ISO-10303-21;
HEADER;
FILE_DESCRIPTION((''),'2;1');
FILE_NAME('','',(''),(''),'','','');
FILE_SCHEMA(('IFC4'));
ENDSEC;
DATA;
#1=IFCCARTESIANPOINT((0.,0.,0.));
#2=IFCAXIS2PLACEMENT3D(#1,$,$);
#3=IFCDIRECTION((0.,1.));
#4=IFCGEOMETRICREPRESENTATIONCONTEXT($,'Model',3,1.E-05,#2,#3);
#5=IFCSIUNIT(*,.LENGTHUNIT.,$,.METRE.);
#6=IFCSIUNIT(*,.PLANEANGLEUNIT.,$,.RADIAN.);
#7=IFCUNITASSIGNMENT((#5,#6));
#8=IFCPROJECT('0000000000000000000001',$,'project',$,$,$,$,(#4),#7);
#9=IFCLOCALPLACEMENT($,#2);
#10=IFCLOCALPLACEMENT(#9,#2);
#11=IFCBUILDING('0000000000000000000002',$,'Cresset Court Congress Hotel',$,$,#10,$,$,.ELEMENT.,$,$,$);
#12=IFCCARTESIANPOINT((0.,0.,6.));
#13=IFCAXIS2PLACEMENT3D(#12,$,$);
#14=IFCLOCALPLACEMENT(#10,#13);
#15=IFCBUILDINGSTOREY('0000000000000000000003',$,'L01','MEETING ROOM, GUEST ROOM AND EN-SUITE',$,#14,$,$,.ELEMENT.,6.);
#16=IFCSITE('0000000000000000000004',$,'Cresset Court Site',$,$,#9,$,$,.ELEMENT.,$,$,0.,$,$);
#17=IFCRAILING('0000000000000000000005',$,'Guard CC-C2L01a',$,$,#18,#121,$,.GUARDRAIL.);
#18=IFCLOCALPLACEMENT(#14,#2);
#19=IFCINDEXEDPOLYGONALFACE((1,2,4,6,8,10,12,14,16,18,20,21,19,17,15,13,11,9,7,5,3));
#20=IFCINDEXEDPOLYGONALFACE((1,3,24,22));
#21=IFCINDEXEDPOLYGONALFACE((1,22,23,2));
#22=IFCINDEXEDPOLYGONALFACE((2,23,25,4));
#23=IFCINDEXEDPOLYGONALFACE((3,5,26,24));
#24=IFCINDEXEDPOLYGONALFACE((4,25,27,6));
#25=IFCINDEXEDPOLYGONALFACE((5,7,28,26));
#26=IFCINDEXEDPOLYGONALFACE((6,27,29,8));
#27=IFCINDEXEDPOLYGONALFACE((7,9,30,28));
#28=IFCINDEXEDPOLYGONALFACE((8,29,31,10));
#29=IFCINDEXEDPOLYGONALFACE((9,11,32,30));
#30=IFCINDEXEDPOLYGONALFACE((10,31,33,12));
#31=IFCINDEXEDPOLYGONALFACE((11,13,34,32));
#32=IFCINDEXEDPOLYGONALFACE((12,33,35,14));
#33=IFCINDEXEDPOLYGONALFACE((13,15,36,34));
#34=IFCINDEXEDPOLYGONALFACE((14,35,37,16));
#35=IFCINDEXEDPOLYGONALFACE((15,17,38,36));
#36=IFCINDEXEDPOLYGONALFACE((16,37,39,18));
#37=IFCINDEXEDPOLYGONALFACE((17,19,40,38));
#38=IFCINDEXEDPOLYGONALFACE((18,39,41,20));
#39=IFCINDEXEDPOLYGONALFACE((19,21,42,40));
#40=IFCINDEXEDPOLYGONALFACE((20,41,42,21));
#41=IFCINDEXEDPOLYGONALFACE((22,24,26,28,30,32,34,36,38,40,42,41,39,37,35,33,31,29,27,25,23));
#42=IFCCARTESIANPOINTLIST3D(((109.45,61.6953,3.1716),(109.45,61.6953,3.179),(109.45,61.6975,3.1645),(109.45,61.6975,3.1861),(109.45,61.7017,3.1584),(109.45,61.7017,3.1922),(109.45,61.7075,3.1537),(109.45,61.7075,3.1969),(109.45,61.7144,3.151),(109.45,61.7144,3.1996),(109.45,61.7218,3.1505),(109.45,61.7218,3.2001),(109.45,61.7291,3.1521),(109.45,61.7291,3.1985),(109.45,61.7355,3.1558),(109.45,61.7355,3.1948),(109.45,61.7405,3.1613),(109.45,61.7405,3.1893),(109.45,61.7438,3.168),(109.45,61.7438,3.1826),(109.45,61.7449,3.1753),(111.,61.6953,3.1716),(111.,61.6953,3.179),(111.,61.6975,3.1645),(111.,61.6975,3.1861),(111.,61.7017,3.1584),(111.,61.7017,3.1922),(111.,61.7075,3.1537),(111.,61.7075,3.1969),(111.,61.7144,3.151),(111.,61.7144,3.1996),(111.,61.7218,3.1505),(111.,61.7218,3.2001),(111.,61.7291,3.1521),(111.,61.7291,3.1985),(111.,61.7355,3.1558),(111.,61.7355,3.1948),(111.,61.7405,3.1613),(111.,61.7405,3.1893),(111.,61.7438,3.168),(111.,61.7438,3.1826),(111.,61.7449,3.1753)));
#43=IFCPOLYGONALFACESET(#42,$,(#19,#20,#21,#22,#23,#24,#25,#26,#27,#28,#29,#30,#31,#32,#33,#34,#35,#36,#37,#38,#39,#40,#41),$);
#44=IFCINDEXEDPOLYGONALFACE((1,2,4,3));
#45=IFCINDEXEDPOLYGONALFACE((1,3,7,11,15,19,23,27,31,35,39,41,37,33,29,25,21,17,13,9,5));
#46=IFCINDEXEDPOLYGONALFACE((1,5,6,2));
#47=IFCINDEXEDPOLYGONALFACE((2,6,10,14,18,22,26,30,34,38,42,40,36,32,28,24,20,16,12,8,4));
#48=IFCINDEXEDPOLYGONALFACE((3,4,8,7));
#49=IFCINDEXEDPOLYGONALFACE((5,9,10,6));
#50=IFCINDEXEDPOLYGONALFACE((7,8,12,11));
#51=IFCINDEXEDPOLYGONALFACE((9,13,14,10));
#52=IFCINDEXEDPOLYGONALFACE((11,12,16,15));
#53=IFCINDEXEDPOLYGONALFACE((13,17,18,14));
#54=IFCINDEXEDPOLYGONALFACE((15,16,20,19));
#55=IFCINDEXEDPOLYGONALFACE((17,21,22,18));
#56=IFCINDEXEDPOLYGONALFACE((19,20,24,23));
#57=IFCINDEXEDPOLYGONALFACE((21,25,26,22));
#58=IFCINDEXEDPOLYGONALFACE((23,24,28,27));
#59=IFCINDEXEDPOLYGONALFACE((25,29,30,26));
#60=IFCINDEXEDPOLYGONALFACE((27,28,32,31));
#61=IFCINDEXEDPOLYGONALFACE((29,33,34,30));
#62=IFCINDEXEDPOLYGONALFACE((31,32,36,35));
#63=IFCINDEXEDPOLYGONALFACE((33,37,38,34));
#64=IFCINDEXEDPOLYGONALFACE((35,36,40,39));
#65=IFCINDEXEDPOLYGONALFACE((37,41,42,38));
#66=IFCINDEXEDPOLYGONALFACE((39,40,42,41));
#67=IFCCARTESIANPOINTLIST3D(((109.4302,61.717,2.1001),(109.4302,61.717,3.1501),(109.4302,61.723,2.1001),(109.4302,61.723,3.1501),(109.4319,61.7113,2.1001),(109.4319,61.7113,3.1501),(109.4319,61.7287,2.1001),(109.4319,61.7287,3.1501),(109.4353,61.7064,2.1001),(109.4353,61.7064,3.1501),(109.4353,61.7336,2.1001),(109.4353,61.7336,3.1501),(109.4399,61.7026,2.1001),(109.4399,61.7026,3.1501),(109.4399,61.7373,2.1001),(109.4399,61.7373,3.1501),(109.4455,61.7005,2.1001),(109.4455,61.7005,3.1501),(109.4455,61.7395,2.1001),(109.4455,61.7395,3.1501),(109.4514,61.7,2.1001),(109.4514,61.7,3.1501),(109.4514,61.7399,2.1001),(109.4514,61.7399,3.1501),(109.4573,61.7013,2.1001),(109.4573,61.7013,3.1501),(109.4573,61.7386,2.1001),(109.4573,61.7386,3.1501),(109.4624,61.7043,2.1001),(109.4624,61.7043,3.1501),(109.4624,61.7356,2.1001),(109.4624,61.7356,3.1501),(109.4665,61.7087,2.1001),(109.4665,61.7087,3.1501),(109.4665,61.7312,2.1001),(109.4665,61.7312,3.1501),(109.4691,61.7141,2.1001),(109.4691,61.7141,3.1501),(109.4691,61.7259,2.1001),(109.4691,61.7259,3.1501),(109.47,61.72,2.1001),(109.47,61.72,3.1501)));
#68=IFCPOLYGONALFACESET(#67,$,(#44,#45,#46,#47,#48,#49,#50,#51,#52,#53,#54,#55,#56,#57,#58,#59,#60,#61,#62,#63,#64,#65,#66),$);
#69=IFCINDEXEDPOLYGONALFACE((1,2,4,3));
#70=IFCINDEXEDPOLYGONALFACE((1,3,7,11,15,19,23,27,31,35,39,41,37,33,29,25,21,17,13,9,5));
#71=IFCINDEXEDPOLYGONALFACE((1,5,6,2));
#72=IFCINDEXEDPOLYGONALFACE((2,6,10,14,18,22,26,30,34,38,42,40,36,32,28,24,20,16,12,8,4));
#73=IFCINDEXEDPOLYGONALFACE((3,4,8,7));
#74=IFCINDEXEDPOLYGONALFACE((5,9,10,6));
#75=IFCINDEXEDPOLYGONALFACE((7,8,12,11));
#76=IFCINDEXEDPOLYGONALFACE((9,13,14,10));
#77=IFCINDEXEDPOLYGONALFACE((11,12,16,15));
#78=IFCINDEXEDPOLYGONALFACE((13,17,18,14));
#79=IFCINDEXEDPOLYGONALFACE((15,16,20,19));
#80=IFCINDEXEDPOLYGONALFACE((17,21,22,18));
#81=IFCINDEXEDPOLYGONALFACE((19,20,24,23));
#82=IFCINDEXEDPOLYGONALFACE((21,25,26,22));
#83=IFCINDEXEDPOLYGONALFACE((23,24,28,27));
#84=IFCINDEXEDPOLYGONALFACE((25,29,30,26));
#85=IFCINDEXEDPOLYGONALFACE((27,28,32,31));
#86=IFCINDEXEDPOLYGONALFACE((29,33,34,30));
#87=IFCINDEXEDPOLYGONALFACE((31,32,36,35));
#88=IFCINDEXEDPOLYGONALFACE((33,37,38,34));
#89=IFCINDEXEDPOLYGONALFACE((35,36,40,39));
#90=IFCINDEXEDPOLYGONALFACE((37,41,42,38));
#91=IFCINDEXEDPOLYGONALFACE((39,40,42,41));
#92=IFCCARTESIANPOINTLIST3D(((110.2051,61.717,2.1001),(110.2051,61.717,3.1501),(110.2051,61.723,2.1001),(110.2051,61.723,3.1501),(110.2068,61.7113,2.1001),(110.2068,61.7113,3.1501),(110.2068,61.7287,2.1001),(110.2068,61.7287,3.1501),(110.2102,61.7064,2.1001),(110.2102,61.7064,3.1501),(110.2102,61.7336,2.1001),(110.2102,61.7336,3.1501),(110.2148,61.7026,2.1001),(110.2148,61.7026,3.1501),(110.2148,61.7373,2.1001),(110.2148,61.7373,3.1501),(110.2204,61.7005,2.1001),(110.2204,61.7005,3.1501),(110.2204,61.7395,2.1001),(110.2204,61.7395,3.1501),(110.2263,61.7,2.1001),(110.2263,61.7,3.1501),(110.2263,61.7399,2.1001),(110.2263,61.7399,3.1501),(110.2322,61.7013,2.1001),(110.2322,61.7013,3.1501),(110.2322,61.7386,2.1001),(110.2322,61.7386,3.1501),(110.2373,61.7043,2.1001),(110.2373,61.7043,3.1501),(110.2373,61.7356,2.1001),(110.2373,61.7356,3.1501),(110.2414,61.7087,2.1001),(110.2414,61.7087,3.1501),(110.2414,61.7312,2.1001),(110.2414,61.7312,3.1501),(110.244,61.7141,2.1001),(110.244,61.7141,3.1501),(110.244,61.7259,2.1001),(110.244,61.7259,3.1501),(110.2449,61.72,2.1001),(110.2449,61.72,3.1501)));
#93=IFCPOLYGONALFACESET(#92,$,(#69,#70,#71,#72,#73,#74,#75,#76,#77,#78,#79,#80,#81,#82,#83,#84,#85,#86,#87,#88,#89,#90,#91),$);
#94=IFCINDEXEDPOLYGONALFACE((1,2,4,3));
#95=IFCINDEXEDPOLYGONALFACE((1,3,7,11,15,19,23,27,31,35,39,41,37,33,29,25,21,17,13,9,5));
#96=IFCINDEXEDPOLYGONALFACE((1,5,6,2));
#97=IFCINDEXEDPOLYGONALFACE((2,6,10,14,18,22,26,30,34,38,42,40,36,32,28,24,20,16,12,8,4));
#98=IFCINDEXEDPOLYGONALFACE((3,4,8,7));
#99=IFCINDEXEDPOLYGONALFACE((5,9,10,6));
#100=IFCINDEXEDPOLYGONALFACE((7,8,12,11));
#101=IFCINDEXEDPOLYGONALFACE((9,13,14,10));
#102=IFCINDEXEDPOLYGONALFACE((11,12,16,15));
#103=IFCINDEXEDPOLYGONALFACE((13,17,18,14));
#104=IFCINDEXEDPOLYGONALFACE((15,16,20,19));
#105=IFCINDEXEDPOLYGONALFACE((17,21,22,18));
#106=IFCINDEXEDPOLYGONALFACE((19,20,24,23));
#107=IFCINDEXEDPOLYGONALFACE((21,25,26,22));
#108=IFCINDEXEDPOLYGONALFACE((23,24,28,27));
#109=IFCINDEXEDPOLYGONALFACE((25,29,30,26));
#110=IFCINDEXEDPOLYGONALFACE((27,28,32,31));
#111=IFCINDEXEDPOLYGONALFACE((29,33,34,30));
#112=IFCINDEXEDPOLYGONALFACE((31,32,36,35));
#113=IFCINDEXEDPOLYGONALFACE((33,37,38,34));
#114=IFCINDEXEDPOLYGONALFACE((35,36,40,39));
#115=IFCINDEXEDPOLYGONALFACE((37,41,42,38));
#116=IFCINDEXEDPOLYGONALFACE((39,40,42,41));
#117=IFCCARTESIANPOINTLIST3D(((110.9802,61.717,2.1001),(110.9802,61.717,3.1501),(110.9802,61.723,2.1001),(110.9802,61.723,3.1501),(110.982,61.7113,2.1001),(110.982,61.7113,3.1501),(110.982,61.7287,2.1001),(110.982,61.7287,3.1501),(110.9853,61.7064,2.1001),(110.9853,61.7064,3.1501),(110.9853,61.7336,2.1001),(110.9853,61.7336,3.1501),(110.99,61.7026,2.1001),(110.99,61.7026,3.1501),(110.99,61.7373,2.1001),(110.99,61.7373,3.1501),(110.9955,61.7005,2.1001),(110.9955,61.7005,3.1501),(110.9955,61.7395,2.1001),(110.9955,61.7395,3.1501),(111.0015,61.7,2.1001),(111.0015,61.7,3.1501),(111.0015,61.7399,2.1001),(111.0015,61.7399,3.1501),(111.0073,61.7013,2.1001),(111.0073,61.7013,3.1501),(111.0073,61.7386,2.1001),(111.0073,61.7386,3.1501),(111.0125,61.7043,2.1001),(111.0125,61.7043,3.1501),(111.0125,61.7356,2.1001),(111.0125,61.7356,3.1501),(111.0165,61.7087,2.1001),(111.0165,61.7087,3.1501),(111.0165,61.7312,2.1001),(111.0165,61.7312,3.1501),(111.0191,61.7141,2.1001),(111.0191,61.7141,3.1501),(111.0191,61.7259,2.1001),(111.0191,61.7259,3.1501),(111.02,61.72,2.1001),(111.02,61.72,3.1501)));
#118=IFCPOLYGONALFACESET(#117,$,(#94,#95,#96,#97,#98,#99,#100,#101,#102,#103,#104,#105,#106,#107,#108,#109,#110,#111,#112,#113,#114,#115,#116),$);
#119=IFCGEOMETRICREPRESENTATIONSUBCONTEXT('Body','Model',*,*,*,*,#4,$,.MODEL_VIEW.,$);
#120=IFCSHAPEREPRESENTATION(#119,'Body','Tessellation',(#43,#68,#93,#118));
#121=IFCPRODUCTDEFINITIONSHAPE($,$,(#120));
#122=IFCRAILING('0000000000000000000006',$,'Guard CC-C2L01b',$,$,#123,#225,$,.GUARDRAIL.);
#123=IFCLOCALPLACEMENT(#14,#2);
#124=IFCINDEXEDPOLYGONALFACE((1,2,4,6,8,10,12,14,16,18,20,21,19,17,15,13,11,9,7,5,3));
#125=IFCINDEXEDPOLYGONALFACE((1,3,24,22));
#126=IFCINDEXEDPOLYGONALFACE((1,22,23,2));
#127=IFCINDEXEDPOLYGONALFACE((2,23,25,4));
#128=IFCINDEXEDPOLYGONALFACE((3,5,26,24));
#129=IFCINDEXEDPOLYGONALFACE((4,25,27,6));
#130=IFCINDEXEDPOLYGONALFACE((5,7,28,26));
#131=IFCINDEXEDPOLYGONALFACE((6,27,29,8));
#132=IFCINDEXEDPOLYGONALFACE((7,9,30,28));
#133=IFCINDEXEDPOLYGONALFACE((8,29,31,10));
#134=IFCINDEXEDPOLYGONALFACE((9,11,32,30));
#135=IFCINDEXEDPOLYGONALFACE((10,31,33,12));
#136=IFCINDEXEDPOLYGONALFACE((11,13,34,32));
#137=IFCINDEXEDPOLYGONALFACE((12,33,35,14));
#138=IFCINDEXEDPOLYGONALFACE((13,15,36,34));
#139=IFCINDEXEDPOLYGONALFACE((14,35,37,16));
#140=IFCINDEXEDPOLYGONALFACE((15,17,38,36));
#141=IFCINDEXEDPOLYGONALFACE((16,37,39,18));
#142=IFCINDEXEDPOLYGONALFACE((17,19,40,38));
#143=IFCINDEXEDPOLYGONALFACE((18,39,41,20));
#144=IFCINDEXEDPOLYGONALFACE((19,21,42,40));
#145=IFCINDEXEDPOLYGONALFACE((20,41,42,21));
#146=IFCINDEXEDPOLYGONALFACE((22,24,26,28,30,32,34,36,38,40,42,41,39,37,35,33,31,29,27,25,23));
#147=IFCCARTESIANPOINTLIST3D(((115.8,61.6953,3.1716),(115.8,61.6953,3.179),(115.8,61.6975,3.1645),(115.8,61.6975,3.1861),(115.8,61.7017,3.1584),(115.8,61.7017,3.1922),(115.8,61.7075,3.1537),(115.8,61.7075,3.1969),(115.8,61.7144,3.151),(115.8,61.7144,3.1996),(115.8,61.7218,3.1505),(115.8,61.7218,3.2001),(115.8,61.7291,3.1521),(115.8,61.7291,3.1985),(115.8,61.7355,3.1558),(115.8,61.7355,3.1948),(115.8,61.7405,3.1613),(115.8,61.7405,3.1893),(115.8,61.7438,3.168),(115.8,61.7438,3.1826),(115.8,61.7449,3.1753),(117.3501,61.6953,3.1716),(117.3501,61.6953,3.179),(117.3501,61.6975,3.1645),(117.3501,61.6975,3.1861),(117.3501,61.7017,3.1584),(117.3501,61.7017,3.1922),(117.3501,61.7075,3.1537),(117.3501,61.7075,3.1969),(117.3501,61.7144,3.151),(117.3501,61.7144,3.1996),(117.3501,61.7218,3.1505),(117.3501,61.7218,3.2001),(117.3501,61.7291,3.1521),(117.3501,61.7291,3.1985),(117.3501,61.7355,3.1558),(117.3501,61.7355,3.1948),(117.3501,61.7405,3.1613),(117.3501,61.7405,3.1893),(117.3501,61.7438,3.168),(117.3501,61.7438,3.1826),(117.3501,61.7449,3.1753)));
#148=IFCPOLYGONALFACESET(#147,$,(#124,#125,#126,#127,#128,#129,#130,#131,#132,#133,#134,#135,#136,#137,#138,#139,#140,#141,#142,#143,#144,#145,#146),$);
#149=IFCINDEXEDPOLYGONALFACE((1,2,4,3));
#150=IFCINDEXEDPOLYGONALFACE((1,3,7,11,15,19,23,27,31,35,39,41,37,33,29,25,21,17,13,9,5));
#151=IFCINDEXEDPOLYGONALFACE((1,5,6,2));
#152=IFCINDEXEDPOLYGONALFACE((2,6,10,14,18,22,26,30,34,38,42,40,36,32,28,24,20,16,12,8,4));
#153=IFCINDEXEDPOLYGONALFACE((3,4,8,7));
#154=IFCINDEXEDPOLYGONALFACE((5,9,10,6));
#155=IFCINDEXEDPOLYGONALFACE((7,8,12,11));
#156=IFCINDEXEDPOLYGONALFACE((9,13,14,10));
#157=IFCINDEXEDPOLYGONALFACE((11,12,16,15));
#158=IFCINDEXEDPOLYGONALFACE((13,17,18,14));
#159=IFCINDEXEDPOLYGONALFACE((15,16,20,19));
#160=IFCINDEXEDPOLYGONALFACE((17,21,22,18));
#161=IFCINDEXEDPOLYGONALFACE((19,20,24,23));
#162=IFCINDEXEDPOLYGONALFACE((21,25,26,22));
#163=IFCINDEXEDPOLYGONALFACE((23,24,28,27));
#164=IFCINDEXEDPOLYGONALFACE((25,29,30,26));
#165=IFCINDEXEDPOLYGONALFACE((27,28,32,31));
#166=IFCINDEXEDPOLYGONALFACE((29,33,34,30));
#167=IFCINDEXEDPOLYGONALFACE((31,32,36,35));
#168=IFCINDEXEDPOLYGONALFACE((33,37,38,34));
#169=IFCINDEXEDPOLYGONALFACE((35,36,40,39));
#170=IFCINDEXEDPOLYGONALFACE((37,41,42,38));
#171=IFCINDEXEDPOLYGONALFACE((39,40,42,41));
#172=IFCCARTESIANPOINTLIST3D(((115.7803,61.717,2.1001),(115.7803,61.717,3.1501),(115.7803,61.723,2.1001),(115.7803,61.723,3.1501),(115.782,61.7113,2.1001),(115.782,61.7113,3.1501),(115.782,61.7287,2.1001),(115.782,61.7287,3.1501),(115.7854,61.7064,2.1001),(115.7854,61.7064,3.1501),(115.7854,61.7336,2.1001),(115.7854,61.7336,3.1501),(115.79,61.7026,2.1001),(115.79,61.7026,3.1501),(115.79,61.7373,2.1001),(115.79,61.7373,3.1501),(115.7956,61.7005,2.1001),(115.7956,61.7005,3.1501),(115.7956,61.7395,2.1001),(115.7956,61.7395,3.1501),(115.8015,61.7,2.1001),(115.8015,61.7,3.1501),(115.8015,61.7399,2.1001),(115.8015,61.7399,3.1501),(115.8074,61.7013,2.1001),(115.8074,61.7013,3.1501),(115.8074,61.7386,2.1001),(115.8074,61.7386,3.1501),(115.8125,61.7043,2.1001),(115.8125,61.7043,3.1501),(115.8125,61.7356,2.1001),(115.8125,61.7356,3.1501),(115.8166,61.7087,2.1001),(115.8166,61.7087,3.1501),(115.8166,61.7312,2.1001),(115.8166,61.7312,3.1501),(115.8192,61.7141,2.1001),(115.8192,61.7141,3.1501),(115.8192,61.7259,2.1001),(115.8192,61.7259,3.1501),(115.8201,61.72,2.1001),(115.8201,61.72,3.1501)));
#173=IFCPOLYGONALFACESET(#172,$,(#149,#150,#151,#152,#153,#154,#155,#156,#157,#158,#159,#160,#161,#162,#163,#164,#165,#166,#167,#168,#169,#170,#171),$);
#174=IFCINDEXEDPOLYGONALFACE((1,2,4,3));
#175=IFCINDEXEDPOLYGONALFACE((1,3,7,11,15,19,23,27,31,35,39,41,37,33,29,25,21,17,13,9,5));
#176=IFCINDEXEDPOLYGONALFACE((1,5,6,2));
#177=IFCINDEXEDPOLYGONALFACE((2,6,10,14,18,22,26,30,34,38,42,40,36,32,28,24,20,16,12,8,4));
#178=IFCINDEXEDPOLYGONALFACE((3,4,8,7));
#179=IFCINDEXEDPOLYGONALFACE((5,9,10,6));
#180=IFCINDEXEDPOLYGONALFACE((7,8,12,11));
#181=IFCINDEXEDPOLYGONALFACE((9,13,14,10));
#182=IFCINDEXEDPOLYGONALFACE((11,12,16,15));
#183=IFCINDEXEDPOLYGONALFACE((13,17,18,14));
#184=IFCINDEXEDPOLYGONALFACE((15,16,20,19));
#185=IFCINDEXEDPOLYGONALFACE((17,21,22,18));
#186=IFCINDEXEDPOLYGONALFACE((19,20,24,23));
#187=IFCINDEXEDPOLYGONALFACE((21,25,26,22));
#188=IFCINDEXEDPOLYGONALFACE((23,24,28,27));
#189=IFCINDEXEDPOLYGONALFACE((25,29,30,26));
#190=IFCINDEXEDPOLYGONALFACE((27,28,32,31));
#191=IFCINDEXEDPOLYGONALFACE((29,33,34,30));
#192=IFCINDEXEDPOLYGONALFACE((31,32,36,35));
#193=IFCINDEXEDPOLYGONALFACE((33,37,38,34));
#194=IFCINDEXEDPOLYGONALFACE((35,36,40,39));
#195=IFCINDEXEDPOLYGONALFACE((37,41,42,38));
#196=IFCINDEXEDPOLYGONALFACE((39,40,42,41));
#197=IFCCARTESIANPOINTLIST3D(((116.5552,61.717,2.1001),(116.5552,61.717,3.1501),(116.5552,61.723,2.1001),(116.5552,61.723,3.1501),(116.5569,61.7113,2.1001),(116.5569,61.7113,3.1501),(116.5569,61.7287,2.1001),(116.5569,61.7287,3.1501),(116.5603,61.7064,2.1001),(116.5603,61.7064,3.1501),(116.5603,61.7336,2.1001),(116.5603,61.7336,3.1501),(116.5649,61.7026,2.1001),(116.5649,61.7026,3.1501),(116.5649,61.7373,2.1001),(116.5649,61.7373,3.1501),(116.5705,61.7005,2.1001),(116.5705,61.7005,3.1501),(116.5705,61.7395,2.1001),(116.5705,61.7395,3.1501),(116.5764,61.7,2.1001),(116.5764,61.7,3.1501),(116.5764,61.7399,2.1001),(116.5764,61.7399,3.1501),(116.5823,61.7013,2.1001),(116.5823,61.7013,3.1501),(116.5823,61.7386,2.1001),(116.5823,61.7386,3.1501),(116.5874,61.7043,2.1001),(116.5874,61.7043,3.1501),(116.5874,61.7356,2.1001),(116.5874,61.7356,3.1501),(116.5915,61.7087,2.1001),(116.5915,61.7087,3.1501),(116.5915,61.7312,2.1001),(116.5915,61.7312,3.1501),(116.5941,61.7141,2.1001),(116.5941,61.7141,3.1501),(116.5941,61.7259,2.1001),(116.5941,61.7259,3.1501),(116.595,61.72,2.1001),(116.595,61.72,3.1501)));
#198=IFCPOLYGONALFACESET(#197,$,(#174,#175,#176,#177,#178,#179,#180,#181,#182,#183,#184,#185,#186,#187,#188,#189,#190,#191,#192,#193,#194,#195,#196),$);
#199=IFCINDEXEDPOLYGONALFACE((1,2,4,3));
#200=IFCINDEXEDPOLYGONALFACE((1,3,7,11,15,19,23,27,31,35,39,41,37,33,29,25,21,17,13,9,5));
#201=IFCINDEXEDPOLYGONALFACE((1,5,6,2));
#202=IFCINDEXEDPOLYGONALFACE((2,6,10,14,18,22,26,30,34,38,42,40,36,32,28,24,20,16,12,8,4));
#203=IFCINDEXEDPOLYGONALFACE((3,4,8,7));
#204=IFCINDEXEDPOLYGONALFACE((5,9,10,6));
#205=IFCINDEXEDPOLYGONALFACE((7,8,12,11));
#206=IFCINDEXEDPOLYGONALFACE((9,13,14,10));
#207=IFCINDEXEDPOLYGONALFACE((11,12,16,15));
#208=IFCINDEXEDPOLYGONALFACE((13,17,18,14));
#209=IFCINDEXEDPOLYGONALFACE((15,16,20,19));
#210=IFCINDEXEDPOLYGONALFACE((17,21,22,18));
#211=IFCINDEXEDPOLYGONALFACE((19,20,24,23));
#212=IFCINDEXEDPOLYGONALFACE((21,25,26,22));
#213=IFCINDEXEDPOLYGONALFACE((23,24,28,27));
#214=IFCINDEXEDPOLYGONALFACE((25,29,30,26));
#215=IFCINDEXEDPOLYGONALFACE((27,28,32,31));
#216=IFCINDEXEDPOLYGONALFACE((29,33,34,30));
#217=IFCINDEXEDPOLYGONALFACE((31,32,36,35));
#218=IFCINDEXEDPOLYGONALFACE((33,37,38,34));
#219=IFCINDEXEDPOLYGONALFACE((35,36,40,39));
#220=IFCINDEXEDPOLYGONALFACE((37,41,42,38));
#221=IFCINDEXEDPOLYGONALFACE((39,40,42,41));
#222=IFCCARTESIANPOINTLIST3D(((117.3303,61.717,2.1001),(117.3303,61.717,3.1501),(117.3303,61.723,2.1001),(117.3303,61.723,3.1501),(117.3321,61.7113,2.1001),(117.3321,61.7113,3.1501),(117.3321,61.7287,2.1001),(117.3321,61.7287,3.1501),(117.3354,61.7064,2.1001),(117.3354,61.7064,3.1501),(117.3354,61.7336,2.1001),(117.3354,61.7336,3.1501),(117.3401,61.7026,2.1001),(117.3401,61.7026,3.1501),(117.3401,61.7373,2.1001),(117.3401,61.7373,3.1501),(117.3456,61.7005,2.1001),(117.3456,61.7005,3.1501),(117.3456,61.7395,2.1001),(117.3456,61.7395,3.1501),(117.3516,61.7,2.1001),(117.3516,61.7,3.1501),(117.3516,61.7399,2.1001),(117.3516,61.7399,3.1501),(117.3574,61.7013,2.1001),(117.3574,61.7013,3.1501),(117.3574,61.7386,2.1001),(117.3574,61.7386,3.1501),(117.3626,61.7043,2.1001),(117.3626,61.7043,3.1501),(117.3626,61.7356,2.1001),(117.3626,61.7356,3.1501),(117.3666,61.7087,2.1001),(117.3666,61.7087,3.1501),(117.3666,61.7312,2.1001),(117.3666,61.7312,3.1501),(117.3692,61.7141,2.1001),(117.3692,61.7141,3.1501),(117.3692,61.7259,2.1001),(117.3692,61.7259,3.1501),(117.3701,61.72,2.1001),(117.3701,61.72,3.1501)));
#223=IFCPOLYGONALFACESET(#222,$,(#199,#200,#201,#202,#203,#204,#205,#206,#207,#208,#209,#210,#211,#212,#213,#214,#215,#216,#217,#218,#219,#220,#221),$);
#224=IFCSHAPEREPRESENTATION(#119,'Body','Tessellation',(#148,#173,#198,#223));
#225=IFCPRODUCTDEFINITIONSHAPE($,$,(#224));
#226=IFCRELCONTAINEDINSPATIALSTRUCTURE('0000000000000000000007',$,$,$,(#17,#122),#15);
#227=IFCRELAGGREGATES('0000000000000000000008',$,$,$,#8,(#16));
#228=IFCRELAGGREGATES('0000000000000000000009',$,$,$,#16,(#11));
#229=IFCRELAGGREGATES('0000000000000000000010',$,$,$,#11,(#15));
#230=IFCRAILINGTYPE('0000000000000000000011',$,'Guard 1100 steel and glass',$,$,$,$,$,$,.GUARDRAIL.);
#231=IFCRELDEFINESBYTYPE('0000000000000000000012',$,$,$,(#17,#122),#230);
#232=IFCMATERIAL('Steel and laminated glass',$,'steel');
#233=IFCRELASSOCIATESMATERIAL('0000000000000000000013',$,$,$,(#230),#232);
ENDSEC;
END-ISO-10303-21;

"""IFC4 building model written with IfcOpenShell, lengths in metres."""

from ifc_helpers import new_model, si_unit, direction, frame, origin, origin_2d, place, context, subcontext, project, spatial, circle, extrude, material, type_object, element, save


model = new_model("IFC4")

# Units and contexts
model_context = context("Model", 3, precision=1e-05, world=origin(), true_north=direction((0.0, 1.0)))
body_context = subcontext(model_context, "Body", "Model", "MODEL_VIEW")
ifc_project = project(units=[si_unit("LENGTHUNIT", "METRE"), si_unit("PLANEANGLEUNIT", "RADIAN")], contexts=[model_context])

# Site, building, storey
site_placement = place(None, origin())
site = spatial("IfcSite", under=ifc_project, at=site_placement, Name="Cresset Court Site", CompositionType="ELEMENT", RefElevation=0.0)
building_placement = place(site_placement, origin())
building = spatial("IfcBuilding", under=site, at=building_placement, Name="Cresset Court Congress Hotel", CompositionType="ELEMENT")
storey_placement = place(building_placement, frame((0.0, 0.0, 6.0)))
storey = spatial("IfcBuildingStorey", under=building, at=storey_placement, Name="L01", Description="MEETING ROOM, GUEST ROOM AND EN-SUITE", CompositionType="ELEMENT", Elevation=6.0)

# Railings
ifc_material_1 = material(Name="Steel and laminated glass", Category="steel")
railing_type = type_object("IfcRailingType", Name="Guard 1100 steel and glass", PredefinedType="GUARDRAIL", material=ifc_material_1)
for number, where, name in (
    (1, (109.45, 61.72, 2.1001), "Guard CC-C2L01a"),
    (2, (115.8, 61.72, 2.1001), "Guard CC-C2L01b"),
):
    element("IfcRailing", number, at=place(storey_placement, frame(where)), inside=storey, type_object=railing_type, Name=name, PredefinedType="GUARDRAIL", context=body_context, shape_type="SweptSolid", body=[
        extrude(circle(Radius=0.0249, at=origin_2d()), frame((0.0, 0.0, 1.0752), z_axis=(1.0, 0.0, 0.0), x_axis=(0.0, 1.0, 0.0)), (0.0, 0.0, 1.0), 1.55),
        extrude(circle(Radius=0.02, at=origin_2d()), origin(), (0.0, 0.0, 1.0), 1.05),
        extrude(circle(Radius=0.02, at=origin_2d()), frame((0.7749, 0.0, 0.0)), (0.0, 0.0, 1.0), 1.05),
        extrude(circle(Radius=0.02, at=origin_2d()), frame((1.55, 0.0, 0.0)), (0.0, 0.0, 1.0), 1.05),
    ])

save(model, "model.ifc")
